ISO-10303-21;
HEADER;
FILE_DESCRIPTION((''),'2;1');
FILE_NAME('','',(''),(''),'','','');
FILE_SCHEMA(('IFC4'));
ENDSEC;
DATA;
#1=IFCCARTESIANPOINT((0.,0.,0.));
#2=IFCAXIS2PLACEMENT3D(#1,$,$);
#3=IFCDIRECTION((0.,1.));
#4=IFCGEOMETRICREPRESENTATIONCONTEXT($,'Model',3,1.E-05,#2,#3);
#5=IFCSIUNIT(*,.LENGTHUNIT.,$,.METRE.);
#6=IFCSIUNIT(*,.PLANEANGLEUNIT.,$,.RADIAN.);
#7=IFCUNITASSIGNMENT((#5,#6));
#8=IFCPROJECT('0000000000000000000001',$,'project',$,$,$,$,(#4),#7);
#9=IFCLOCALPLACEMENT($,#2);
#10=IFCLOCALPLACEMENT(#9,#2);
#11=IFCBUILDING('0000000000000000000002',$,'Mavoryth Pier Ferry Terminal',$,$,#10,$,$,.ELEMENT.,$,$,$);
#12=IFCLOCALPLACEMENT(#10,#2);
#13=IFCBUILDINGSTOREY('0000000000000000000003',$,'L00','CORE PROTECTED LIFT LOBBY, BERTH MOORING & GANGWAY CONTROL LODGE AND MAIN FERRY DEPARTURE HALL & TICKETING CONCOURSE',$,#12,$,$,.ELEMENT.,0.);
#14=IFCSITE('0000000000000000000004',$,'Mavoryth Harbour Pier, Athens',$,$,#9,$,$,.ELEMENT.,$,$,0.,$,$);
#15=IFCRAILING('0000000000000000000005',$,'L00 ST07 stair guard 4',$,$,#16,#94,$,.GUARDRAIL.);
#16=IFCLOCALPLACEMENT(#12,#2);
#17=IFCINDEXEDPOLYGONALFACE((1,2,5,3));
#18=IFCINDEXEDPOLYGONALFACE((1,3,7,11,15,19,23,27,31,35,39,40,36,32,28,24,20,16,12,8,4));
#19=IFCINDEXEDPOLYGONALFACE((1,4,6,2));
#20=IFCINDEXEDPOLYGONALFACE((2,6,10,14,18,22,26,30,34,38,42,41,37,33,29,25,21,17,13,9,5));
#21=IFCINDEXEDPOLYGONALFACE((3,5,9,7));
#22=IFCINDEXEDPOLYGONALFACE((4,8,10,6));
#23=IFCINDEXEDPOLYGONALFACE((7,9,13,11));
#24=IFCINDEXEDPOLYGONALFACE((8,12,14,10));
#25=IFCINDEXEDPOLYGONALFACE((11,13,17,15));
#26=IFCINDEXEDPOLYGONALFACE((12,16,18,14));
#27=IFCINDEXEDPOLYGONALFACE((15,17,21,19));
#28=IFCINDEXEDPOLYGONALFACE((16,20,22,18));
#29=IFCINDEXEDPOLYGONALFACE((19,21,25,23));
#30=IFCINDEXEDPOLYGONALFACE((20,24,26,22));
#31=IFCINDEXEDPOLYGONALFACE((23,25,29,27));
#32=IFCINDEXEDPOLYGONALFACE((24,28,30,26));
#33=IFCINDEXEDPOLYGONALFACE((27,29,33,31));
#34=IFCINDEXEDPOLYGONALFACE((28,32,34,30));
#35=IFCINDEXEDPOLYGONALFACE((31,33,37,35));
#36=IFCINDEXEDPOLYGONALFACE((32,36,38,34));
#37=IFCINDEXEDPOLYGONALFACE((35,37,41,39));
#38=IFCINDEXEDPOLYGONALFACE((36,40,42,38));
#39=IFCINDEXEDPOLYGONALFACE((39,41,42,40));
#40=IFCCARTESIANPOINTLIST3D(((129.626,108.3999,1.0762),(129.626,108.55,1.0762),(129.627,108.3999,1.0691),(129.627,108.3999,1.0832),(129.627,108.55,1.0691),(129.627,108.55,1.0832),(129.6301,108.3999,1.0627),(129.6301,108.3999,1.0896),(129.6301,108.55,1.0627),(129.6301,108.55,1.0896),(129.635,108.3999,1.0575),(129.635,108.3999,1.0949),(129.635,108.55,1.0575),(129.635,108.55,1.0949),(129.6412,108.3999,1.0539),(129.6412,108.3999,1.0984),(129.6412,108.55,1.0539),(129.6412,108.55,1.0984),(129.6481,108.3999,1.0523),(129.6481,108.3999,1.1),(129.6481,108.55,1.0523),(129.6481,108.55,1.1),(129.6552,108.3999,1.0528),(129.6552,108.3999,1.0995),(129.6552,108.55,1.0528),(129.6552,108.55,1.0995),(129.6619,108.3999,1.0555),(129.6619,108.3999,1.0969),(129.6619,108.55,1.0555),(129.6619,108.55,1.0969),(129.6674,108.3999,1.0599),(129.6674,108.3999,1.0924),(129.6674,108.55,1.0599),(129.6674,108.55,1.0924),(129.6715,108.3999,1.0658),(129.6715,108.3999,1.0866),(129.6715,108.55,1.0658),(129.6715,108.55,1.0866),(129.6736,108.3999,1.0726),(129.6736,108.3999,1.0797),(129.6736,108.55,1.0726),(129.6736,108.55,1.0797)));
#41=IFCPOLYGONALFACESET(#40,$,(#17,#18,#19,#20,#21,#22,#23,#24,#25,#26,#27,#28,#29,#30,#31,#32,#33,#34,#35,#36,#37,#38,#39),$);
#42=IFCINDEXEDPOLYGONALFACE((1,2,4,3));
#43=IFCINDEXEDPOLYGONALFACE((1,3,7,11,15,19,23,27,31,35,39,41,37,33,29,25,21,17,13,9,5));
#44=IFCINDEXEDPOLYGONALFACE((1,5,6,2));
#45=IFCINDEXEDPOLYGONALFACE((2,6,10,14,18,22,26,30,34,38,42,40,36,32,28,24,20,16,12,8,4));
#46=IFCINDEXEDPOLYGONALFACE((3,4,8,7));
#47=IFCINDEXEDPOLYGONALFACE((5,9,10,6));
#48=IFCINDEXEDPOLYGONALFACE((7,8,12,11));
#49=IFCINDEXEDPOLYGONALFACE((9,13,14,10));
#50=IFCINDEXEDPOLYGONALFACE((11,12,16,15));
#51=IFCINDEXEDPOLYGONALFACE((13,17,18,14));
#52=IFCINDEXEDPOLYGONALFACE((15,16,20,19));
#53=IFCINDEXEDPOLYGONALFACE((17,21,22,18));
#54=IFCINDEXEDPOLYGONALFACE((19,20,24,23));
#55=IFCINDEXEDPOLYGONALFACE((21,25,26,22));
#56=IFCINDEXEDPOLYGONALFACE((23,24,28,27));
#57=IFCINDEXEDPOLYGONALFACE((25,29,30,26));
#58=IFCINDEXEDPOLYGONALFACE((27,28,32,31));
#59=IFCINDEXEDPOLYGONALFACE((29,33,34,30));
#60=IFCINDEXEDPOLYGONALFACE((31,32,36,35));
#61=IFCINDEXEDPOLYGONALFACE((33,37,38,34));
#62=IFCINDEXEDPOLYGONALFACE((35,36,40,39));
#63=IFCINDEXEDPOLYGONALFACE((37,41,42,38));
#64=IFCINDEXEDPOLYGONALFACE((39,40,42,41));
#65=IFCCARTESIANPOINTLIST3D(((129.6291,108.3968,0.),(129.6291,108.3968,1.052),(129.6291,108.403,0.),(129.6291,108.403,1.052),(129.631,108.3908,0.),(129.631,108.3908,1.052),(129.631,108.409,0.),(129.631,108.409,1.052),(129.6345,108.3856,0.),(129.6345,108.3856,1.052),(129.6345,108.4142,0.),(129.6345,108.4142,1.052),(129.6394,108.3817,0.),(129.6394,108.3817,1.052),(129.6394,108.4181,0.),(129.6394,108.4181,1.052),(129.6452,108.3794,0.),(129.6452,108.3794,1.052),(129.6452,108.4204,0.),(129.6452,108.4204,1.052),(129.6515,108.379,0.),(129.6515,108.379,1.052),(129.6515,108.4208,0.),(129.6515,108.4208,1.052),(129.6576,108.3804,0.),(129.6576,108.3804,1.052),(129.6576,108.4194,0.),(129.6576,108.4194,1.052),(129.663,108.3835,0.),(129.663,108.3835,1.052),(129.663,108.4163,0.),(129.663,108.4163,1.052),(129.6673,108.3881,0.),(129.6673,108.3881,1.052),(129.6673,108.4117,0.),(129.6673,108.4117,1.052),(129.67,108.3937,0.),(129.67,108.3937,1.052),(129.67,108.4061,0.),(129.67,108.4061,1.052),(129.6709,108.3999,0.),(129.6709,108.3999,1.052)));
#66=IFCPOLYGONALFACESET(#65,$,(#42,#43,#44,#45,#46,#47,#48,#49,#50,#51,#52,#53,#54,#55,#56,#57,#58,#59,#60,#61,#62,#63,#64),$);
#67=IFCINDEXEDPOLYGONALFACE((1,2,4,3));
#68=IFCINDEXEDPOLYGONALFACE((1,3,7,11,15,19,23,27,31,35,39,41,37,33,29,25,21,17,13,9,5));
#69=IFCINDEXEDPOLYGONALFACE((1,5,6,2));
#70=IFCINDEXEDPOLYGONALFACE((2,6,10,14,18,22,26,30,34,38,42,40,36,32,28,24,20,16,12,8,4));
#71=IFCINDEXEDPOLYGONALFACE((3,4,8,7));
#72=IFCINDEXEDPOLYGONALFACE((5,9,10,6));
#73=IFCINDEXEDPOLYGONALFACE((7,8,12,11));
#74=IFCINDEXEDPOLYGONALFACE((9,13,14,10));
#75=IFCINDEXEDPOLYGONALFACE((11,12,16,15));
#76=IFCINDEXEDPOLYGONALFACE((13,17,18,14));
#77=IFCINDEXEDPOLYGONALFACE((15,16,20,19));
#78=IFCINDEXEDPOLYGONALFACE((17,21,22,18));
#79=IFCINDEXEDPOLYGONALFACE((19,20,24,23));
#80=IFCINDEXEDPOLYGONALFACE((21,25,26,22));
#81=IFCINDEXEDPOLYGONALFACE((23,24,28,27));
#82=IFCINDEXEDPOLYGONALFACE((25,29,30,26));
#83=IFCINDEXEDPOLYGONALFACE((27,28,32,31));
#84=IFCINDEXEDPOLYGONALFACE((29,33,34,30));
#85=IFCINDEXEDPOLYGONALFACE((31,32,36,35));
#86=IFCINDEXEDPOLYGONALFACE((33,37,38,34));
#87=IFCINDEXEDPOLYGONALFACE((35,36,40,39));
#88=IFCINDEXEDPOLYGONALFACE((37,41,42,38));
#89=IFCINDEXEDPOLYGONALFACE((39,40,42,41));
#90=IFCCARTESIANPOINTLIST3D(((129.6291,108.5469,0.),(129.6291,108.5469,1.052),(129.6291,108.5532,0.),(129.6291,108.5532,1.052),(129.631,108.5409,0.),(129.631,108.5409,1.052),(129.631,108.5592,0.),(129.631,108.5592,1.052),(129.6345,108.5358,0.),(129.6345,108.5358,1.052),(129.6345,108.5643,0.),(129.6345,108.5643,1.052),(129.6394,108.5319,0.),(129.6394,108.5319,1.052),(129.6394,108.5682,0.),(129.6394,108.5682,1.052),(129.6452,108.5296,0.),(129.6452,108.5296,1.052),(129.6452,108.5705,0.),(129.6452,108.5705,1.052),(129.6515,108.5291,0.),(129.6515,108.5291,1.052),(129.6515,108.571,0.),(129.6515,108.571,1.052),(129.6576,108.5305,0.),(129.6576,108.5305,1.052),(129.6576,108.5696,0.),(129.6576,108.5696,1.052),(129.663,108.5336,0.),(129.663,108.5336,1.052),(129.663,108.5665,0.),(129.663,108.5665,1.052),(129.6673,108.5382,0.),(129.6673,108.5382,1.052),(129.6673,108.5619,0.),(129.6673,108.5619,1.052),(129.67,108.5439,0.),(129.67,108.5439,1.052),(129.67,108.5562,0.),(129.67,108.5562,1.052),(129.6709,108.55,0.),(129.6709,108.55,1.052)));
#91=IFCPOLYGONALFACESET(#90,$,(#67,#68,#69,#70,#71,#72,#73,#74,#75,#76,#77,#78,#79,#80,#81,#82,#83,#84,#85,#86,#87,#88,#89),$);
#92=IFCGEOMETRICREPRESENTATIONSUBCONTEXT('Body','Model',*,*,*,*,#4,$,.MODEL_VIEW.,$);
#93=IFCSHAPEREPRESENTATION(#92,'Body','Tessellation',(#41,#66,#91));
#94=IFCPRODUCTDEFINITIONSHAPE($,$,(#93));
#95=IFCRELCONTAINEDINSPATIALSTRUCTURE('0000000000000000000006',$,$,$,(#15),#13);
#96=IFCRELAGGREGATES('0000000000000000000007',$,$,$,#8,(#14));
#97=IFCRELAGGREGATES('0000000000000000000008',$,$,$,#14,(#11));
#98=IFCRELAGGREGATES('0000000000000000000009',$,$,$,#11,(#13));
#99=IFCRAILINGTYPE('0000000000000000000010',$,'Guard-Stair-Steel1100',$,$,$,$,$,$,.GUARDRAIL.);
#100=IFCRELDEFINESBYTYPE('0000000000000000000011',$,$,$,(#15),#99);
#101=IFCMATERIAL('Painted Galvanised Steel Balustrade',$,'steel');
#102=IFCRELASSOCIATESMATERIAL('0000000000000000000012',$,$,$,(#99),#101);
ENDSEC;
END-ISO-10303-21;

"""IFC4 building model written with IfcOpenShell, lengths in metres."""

from ifc_helpers import new_model, si_unit, direction, frame, origin, origin_2d, place, context, subcontext, project, spatial, circle, extrude, material, type_object, element, save


model = new_model("IFC4")

# Units and contexts
model_context = context("Model", 3, precision=1e-05, world=origin(), true_north=direction((0.0, 1.0)))
body_context = subcontext(model_context, "Body", "Model", "MODEL_VIEW")
ifc_project = project(units=[si_unit("LENGTHUNIT", "METRE"), si_unit("PLANEANGLEUNIT", "RADIAN")], contexts=[model_context])

# Site, building, storey
site_placement = place(None, origin())
site = spatial("IfcSite", under=ifc_project, at=site_placement, Name="Mavoryth Harbour Pier, Athens", CompositionType="ELEMENT", RefElevation=0.0)
building_placement = place(site_placement, origin())
building = spatial("IfcBuilding", under=site, at=building_placement, Name="Mavoryth Pier Ferry Terminal", CompositionType="ELEMENT")
storey_placement = place(building_placement, origin())
storey = spatial("IfcBuildingStorey", under=building, at=storey_placement, Name="L00", Description="CORE PROTECTED LIFT LOBBY, BERTH MOORING & GANGWAY CONTROL LODGE AND MAIN FERRY DEPARTURE HALL & TICKETING CONCOURSE", CompositionType="ELEMENT", Elevation=0.0)

# Railing
ifc_material_1 = material(Name="Painted Galvanised Steel Balustrade", Category="steel")
railing_type_1 = type_object("IfcRailingType", Name="Guard-Stair-Steel1100", PredefinedType="GUARDRAIL", material=ifc_material_1)
railing_1_placement = place(storey_placement, frame((129.6499, 108.3999, 0.0)))
element("IfcRailing", 1, at=railing_1_placement, inside=storey, type_object=railing_type_1, Name="L00 ST07 stair guard 4", PredefinedType="GUARDRAIL", context=body_context, shape_type="SweptSolid", body=[
    extrude(circle(Radius=0.0239, at=origin_2d()), frame((0.0, 0.0, 1.0762), z_axis=(0.0, 1.0, 0.0), x_axis=(-1.0, 0.0, 0.0)), (0.0, 0.0, 1.0), 0.1501),
    extrude(circle(Radius=0.021, at=origin_2d()), origin(), (0.0, 0.0, 1.0), 1.052),
    extrude(circle(Radius=0.021, at=origin_2d()), frame((0.0, 0.1501, 0.0)), (0.0, 0.0, 1.0), 1.052),
])

save(model, "model.ifc")
